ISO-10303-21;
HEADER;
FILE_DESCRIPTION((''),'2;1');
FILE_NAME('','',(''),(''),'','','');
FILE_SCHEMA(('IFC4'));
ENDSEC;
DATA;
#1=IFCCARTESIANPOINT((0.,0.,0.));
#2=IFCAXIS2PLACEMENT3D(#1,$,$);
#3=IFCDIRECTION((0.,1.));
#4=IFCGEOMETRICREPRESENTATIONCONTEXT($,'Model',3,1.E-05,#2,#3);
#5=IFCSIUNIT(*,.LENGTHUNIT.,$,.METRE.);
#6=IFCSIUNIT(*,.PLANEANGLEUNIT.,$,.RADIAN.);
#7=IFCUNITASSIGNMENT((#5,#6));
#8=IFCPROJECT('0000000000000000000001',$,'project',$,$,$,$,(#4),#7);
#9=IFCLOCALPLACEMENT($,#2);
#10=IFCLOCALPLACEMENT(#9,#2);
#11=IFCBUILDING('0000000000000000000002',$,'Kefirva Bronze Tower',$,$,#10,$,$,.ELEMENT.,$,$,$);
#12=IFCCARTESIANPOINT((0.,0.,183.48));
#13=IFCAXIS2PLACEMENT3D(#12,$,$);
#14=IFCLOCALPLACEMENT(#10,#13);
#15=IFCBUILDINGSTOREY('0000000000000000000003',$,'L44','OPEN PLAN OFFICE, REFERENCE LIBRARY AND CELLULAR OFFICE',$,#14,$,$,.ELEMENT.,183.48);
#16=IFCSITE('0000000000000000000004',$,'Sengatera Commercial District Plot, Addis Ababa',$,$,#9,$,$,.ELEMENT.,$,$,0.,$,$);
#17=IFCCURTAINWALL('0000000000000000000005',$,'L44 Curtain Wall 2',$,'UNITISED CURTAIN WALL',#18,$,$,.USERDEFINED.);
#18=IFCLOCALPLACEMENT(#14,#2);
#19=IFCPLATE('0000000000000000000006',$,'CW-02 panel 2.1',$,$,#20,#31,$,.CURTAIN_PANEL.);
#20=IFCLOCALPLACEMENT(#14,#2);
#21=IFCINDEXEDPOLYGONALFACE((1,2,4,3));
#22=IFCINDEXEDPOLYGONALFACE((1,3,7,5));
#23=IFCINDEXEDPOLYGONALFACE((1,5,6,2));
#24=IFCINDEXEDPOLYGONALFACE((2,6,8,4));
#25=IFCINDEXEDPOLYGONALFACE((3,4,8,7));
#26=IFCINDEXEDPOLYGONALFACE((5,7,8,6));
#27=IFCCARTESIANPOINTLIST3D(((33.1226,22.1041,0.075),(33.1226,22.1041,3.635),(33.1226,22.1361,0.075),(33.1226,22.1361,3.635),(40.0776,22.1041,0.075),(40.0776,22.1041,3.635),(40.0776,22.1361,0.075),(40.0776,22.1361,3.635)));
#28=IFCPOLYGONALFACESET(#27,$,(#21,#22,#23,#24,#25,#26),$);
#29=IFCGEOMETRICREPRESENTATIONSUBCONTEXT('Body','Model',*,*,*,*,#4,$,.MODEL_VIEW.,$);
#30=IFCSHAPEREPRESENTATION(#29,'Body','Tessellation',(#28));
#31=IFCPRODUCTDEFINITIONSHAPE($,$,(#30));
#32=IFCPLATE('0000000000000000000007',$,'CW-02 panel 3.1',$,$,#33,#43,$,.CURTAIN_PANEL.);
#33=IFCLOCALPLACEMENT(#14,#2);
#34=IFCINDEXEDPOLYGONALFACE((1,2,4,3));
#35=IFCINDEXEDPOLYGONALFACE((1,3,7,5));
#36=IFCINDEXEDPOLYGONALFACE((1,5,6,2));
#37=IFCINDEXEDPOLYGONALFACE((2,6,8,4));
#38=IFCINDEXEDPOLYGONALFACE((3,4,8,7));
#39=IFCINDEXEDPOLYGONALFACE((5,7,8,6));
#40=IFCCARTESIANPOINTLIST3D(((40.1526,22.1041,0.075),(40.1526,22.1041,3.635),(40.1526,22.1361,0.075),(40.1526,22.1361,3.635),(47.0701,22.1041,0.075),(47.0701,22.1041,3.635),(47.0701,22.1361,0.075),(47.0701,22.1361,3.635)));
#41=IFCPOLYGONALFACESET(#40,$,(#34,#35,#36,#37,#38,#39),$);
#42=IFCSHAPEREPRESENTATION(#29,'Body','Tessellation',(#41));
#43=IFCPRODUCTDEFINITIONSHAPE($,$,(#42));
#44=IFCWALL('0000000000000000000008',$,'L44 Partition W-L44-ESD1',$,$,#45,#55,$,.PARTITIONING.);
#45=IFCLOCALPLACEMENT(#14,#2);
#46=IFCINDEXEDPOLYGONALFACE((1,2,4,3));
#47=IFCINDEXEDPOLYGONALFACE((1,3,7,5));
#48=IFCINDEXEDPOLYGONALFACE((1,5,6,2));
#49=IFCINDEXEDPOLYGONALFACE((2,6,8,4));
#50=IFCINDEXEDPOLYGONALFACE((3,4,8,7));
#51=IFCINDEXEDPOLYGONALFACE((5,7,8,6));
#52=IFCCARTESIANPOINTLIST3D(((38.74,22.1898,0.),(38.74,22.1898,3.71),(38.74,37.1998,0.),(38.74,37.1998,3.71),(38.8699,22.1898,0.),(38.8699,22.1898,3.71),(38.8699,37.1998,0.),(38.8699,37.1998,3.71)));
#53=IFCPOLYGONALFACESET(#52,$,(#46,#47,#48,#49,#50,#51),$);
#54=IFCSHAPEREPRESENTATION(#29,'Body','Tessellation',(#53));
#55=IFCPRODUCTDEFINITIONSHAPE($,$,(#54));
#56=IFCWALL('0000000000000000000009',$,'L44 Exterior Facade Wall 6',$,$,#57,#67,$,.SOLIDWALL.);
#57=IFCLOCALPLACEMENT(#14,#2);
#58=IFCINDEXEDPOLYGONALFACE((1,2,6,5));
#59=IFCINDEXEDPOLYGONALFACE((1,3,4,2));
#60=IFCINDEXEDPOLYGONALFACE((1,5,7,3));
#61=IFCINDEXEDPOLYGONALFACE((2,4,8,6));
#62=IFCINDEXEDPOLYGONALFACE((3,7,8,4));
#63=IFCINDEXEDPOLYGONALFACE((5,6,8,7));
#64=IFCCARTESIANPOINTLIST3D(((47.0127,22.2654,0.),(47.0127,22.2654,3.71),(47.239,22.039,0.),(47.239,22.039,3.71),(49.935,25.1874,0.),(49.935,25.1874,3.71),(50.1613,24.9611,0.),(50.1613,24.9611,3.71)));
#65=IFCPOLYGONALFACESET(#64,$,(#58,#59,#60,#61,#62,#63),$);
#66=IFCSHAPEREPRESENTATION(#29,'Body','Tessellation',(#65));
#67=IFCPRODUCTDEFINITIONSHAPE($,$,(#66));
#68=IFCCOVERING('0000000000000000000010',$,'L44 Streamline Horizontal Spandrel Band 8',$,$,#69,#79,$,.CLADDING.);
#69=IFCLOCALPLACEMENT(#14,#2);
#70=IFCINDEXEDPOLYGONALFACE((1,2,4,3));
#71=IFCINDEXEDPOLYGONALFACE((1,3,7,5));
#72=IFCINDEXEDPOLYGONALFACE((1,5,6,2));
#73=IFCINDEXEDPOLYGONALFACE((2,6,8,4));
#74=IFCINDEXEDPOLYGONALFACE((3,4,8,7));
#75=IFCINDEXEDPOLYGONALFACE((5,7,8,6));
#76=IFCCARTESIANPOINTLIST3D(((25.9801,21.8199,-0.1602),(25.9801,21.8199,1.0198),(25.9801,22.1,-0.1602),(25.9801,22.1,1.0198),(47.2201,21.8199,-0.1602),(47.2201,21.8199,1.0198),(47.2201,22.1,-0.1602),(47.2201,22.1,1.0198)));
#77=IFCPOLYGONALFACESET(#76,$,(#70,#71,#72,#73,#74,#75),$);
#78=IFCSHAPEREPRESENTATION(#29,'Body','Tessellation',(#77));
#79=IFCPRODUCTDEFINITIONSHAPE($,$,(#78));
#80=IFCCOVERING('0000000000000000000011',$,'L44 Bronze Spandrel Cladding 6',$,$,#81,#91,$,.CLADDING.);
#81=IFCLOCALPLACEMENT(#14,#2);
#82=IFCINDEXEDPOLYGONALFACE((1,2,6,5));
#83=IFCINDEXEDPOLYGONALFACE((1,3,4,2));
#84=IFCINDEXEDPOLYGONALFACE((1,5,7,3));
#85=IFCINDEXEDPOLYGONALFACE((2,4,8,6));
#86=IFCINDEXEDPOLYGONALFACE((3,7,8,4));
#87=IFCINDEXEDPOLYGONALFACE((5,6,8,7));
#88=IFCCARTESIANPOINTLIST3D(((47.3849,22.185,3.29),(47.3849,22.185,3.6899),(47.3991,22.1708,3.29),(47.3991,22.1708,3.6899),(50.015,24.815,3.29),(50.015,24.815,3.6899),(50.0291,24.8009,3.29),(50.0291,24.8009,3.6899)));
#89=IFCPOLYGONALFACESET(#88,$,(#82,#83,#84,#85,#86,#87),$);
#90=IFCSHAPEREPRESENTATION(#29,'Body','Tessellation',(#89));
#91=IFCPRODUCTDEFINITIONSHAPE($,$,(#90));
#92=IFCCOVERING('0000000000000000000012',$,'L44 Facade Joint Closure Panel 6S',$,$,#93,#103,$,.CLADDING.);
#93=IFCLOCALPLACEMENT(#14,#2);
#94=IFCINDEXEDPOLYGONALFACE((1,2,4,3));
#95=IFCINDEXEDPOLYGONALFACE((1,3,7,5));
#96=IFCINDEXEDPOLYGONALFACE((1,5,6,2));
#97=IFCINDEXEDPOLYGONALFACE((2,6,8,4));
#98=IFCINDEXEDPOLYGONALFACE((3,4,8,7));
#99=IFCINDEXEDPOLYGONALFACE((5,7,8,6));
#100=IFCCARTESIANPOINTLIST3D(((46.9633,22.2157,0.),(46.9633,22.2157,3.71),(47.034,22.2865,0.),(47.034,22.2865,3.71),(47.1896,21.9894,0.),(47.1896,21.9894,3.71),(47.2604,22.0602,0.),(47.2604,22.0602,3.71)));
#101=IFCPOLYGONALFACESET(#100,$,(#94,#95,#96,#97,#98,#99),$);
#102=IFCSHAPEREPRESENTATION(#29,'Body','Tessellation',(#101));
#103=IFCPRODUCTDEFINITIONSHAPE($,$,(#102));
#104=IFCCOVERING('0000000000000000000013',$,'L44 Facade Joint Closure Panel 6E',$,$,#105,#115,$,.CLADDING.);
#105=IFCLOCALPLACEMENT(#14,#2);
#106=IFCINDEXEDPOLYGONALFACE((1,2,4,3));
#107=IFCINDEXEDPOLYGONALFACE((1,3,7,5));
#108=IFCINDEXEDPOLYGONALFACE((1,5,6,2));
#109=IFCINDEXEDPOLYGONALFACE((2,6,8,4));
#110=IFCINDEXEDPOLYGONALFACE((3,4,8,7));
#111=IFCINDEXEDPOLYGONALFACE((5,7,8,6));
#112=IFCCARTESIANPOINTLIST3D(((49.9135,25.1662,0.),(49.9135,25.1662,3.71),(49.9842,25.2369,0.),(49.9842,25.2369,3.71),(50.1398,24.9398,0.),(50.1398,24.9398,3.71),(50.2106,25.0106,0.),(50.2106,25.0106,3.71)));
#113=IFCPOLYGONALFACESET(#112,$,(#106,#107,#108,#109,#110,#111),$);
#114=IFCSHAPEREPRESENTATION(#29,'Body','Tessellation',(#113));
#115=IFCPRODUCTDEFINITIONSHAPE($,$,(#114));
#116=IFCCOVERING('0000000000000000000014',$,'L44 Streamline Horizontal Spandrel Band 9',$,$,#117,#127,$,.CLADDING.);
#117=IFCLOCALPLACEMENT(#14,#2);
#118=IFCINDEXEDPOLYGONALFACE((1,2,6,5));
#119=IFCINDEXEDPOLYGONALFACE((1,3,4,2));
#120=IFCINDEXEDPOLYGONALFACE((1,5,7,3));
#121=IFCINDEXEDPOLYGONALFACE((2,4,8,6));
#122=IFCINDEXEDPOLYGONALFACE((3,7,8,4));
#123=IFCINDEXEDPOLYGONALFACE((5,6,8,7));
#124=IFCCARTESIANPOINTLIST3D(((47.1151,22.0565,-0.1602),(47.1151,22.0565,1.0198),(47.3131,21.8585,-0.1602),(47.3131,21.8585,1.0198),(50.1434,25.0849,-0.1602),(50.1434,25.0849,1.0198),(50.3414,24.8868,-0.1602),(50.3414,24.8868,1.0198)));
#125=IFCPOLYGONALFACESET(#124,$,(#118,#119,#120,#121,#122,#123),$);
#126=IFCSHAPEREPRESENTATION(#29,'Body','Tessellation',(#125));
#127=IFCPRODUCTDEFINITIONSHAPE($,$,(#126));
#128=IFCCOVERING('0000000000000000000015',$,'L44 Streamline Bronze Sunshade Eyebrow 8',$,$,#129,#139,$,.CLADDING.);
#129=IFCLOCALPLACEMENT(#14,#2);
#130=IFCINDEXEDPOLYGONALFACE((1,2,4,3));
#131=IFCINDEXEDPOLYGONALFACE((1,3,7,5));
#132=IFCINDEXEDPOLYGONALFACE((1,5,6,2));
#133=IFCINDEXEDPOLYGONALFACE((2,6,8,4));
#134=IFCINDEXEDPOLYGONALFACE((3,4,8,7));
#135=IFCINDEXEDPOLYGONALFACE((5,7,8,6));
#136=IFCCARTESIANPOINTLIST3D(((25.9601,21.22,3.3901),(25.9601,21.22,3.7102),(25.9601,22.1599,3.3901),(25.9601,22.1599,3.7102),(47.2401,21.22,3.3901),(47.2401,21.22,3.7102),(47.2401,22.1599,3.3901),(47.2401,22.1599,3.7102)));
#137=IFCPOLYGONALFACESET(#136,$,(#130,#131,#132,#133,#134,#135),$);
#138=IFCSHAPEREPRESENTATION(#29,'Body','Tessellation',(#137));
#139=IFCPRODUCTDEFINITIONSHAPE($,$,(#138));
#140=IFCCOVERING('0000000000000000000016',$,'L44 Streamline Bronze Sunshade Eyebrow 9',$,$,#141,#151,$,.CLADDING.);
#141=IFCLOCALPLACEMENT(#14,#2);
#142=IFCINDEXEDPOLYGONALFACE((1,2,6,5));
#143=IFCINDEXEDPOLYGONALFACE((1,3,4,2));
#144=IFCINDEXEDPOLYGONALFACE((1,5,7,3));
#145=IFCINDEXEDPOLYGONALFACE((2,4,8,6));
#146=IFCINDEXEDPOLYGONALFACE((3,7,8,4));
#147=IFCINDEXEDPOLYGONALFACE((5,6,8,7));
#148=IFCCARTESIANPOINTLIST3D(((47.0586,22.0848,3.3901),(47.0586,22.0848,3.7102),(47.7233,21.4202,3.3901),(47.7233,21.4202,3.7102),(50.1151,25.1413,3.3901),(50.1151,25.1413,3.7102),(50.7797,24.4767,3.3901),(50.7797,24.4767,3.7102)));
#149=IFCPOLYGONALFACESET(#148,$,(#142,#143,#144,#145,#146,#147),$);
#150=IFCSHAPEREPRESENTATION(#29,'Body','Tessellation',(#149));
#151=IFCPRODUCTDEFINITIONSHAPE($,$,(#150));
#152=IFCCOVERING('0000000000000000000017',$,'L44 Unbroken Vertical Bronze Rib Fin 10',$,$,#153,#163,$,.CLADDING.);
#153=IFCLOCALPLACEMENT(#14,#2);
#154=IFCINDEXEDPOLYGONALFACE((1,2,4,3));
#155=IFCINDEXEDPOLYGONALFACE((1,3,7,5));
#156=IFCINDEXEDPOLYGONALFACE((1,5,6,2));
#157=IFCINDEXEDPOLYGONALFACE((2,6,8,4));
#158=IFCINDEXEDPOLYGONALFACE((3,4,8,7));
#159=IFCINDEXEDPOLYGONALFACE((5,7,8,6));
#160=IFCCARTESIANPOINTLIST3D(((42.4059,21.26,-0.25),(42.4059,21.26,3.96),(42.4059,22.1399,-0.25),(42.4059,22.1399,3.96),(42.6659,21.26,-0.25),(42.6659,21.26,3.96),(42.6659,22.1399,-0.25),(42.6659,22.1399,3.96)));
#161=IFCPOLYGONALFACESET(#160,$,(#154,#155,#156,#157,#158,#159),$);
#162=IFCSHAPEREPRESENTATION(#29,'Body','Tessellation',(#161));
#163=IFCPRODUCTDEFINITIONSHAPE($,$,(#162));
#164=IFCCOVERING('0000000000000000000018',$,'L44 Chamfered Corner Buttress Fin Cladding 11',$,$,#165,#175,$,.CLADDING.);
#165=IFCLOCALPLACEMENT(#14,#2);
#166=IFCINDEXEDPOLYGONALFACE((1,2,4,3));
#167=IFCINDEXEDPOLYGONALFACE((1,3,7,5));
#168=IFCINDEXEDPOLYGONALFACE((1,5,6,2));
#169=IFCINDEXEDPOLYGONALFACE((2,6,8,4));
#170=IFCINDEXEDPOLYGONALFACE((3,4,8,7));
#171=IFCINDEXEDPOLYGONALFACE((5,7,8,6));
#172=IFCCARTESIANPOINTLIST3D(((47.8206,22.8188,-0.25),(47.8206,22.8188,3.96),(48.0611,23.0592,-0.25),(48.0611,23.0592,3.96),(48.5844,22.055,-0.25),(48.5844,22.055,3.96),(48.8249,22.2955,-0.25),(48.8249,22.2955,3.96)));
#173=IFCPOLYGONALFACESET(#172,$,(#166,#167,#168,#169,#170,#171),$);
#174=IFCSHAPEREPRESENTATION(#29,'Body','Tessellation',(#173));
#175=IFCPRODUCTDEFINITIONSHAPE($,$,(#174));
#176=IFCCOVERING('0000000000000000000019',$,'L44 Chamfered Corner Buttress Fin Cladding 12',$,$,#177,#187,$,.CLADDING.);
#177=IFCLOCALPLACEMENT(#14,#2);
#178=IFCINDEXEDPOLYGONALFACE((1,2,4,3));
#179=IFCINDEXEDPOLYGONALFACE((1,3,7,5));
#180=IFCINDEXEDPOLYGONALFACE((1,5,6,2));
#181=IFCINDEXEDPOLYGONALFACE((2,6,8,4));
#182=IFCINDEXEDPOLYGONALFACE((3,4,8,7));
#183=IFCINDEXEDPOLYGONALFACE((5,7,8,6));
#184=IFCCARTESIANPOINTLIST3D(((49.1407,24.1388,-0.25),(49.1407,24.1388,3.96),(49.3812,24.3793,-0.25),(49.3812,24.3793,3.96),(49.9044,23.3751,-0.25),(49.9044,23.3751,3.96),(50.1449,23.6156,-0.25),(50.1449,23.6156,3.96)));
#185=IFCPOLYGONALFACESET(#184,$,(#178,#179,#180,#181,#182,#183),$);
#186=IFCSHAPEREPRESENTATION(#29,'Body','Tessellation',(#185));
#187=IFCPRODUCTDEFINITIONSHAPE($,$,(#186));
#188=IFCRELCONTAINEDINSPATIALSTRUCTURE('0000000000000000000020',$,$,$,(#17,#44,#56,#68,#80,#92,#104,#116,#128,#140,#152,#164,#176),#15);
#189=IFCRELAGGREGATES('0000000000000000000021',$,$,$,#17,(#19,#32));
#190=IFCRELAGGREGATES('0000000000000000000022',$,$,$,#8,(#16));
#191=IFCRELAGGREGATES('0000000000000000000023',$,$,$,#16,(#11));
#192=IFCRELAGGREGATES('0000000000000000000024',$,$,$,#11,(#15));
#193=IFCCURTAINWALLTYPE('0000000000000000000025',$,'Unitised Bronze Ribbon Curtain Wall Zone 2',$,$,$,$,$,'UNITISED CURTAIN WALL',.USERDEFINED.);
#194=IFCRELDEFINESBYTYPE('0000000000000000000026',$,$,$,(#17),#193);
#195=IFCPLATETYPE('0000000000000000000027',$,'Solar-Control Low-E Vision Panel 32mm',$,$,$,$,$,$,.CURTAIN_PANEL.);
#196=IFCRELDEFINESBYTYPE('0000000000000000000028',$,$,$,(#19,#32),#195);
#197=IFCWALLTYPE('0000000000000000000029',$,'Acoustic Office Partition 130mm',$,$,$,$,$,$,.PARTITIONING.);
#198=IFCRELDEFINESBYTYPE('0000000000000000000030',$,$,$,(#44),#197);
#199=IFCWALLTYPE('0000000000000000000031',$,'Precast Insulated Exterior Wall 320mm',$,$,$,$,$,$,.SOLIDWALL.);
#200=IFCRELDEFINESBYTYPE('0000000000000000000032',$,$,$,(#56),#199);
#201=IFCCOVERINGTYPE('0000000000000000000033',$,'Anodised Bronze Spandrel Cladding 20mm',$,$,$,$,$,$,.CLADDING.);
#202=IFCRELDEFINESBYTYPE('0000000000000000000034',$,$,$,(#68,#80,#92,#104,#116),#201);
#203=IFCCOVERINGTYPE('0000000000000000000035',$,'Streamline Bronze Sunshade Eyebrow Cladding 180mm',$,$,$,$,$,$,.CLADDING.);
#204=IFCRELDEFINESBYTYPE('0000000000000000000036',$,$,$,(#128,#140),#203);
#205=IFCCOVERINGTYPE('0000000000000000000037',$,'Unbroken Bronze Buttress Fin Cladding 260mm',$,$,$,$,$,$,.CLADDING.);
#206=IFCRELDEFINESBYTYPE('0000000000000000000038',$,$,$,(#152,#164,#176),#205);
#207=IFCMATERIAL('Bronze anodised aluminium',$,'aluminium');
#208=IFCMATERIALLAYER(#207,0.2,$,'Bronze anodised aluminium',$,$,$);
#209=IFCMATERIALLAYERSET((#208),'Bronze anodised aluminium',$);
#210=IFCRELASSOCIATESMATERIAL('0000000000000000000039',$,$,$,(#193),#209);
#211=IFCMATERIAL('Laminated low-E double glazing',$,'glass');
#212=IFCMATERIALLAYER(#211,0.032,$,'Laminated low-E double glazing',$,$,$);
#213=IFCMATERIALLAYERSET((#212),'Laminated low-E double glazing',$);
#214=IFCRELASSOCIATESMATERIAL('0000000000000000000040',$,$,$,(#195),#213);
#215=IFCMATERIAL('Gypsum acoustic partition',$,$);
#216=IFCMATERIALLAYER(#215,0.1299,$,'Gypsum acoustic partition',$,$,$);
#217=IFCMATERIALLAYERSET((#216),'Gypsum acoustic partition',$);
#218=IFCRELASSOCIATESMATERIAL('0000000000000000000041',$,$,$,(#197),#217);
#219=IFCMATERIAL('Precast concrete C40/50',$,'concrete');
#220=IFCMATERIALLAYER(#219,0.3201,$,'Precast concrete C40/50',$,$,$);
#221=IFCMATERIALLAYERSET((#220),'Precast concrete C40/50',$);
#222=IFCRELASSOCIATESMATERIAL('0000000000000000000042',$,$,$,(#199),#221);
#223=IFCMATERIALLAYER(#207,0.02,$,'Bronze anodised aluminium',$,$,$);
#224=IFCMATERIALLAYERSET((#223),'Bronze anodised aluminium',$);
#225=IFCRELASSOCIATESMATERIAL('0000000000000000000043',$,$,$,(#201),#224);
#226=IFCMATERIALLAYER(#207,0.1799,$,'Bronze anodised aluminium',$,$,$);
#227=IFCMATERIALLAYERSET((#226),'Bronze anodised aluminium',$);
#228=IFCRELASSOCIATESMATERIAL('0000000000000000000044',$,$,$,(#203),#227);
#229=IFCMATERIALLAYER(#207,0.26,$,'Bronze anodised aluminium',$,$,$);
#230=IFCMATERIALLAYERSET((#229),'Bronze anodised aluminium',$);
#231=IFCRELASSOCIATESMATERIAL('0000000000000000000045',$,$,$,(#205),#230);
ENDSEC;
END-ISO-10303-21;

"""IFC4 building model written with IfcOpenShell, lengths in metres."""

from ifc_helpers import new_model, si_unit, direction, frame, frame_2d, origin, origin_2d, place, context, subcontext, project, spatial, rectangle, extrude, material, layer, layer_set, type_object, element, aggregate, save


model = new_model("IFC4")

# Units and contexts
model_context = context("Model", 3, precision=1e-05, world=origin(), true_north=direction((0.0, 1.0)))
body_context = subcontext(model_context, "Body", "Model", "MODEL_VIEW")
ifc_project = project(units=[si_unit("LENGTHUNIT", "METRE"), si_unit("PLANEANGLEUNIT", "RADIAN")], contexts=[model_context])

# Site, building, storey
site_placement = place(None, origin())
site = spatial("IfcSite", under=ifc_project, at=site_placement, Name="Sengatera Commercial District Plot, Addis Ababa", CompositionType="ELEMENT", RefElevation=0.0)
building_placement = place(site_placement, origin())
building = spatial("IfcBuilding", under=site, at=building_placement, Name="Kefirva Bronze Tower", CompositionType="ELEMENT")
storey_placement = place(building_placement, frame((0.0, 0.0, 183.48)))
storey = spatial("IfcBuildingStorey", under=building, at=storey_placement, Name="L44", Description="OPEN PLAN OFFICE, REFERENCE LIBRARY AND CELLULAR OFFICE", CompositionType="ELEMENT", Elevation=183.48)

# Curtain wall
ifc_material_1 = material(Name="Bronze anodised aluminium", Category="aluminium")
ifc_layer_1 = layer(ifc_material_1, 0.2, Name="Bronze anodised aluminium")
ifc_layer_set_1 = layer_set([ifc_layer_1], Name="Bronze anodised aluminium")
curtain_wall_type = type_object("IfcCurtainWallType", Name="Unitised Bronze Ribbon Curtain Wall Zone 2", ElementType="UNITISED CURTAIN WALL", PredefinedType="USERDEFINED", material=ifc_layer_set_1)
curtain_wall_1_placement = place(storey_placement, origin())
curtain_wall_1 = element("IfcCurtainWall", 1, at=curtain_wall_1_placement, inside=storey, type_object=curtain_wall_type, Name="L44 Curtain Wall 2", ObjectType="UNITISED CURTAIN WALL", PredefinedType="USERDEFINED")

# Plates
ifc_material_2 = material(Name="Laminated low-E double glazing", Category="glass")
ifc_layer_2 = layer(ifc_material_2, 0.032, Name="Laminated low-E double glazing")
ifc_layer_set_2 = layer_set([ifc_layer_2], Name="Laminated low-E double glazing")
plate_type = type_object("IfcPlateType", Name="Solar-Control Low-E Vision Panel 32mm", PredefinedType="CURTAIN_PANEL", material=ifc_layer_set_2)
plate_1_placement = place(storey_placement, frame((36.6001, 22.1201, 0.075), z_axis=(0.0, 0.0, 1.0), x_axis=(1.0, 0.0, 0.0)))
plate_1 = element("IfcPlate", 2, at=plate_1_placement, type_object=plate_type, Name="CW-02 panel 2.1", PredefinedType="CURTAIN_PANEL", context=body_context, shape_type="SweptSolid", body=[
    extrude(rectangle(XDim=6.9551, YDim=0.032, at=origin_2d()), origin(), (0.0, 0.0, 1.0), 3.5601),
])
plate_2_placement = place(storey_placement, frame((43.6113, 22.1201, 0.075), z_axis=(0.0, 0.0, 1.0), x_axis=(1.0, 0.0, 0.0)))
plate_2 = element("IfcPlate", 3, at=plate_2_placement, type_object=plate_type, Name="CW-02 panel 3.1", PredefinedType="CURTAIN_PANEL", context=body_context, shape_type="SweptSolid", body=[
    extrude(rectangle(XDim=6.9175, YDim=0.032, at=origin_2d()), origin(), (0.0, 0.0, 1.0), 3.5601),
])
aggregate(curtain_wall_1, [plate_1, plate_2])

# Walls
ifc_material_3 = material(Name="Gypsum acoustic partition")
ifc_layer_3 = layer(ifc_material_3, 0.1299, Name="Gypsum acoustic partition")
ifc_layer_set_3 = layer_set([ifc_layer_3], Name="Gypsum acoustic partition")
wall_type_1 = type_object("IfcWallType", Name="Acoustic Office Partition 130mm", PredefinedType="PARTITIONING", material=ifc_layer_set_3)
wall_1_placement = place(storey_placement, frame((38.8049, 22.1899, 0.0), z_axis=(0.0, 0.0, 1.0), x_axis=(0.0, 1.0, 0.0)))
element("IfcWall", 4, at=wall_1_placement, inside=storey, type_object=wall_type_1, Name="L44 Partition W-L44-ESD1", PredefinedType="PARTITIONING", context=body_context, shape_type="SweptSolid", body=[
    extrude(rectangle(XDim=15.01, YDim=0.1299, at=frame_2d((7.5049, 0.0))), origin(), (0.0, 0.0, 1.0), 3.71),
])
ifc_material_4 = material(Name="Precast concrete C40/50", Category="concrete")
ifc_layer_4 = layer(ifc_material_4, 0.3201, Name="Precast concrete C40/50")
ifc_layer_set_4 = layer_set([ifc_layer_4], Name="Precast concrete C40/50")
wall_type_2 = type_object("IfcWallType", Name="Precast Insulated Exterior Wall 320mm", PredefinedType="SOLIDWALL", material=ifc_layer_set_4)
wall_2_placement = place(storey_placement, frame((47.1257, 22.1521, 0.0), z_axis=(0.0, 0.0, 1.0), x_axis=(0.707136, 0.707077, 0.0)))
element("IfcWall", 5, at=wall_2_placement, inside=storey, type_object=wall_type_2, Name="L44 Exterior Facade Wall 6", PredefinedType="SOLIDWALL", context=body_context, shape_type="SweptSolid", body=[
    extrude(rectangle(XDim=4.1326, YDim=0.3201, at=frame_2d((2.0664, 0.0))), origin(), (0.0, 0.0, 1.0), 3.71),
])

# Coverings
ifc_layer_5 = layer(ifc_material_1, 0.02, Name="Bronze anodised aluminium")
ifc_layer_set_5 = layer_set([ifc_layer_5], Name="Bronze anodised aluminium")
covering_type_1 = type_object("IfcCoveringType", Name="Anodised Bronze Spandrel Cladding 20mm", PredefinedType="CLADDING", material=ifc_layer_set_5)
covering_1_placement = place(storey_placement, frame((36.6001, 21.96, -0.1602), z_axis=(0.0, 0.0, 1.0), x_axis=(1.0, 0.0, 0.0)))
element("IfcCovering", 6, at=covering_1_placement, inside=storey, type_object=covering_type_1, Name="L44 Streamline Horizontal Spandrel Band 8", PredefinedType="CLADDING", context=body_context, shape_type="SweptSolid", body=[
    extrude(rectangle(XDim=21.24, YDim=0.28, at=origin_2d()), origin(), (0.0, 0.0, 1.0), 1.1799),
])
covering_2_placement = place(storey_placement, frame((48.707, 23.4929, 3.29), z_axis=(0.0, 0.0, 1.0), x_axis=(0.707107, 0.707107, 0.0)))
element("IfcCovering", 7, at=covering_2_placement, inside=storey, type_object=covering_type_1, Name="L44 Bronze Spandrel Cladding 6", PredefinedType="CLADDING", context=body_context, shape_type="SweptSolid", body=[
    extrude(rectangle(XDim=3.7195, YDim=0.02, at=origin_2d()), origin(), (0.0, 0.0, 1.0), 0.3999),
])
for number, where, z_axis, x_axis, name in (
    (8, (47.1118, 22.1379, 0.0), (0.0, 0.0, 1.0), (0.707107, 0.707107, 0.0), "L44 Facade Joint Closure Panel 6S"),
    (9, (50.062, 25.0884, 0.0), (0.0, 0.0, 1.0), (0.707107, 0.707107, 0.0), "L44 Facade Joint Closure Panel 6E"),
):
    element("IfcCovering", number, at=place(storey_placement, frame(where, z_axis=z_axis, x_axis=x_axis)), inside=storey, type_object=covering_type_1, Name=name, PredefinedType="CLADDING", context=body_context, shape_type="SweptSolid", body=[
        extrude(rectangle(XDim=0.1001, YDim=0.3201, at=origin_2d()), origin(), (0.0, 0.0, 1.0), 3.71),
    ])
covering_3_placement = place(storey_placement, frame((48.7283, 23.4717, -0.1602), z_axis=(0.0, 0.0, 1.0), x_axis=(0.707107, 0.707107, 0.0)))
element("IfcCovering", 10, at=covering_3_placement, inside=storey, type_object=covering_type_1, Name="L44 Streamline Horizontal Spandrel Band 9", PredefinedType="CLADDING", context=body_context, shape_type="SweptSolid", body=[
    extrude(rectangle(XDim=4.2827, YDim=0.28, at=origin_2d()), origin(), (0.0, 0.0, 1.0), 1.1799),
])
ifc_layer_6 = layer(ifc_material_1, 0.1799, Name="Bronze anodised aluminium")
ifc_layer_set_6 = layer_set([ifc_layer_6], Name="Bronze anodised aluminium")
covering_type_2 = type_object("IfcCoveringType", Name="Streamline Bronze Sunshade Eyebrow Cladding 180mm", PredefinedType="CLADDING", material=ifc_layer_set_6)
covering_4_placement = place(storey_placement, frame((36.6001, 21.6899, 3.3901), z_axis=(0.0, 0.0, 1.0), x_axis=(1.0, 0.0, 0.0)))
element("IfcCovering", 11, at=covering_4_placement, inside=storey, type_object=covering_type_2, Name="L44 Streamline Bronze Sunshade Eyebrow 8", PredefinedType="CLADDING", context=body_context, shape_type="SweptSolid", body=[
    extrude(rectangle(XDim=21.28, YDim=0.9399, at=origin_2d()), origin(), (0.0, 0.0, 1.0), 0.3201),
])
covering_5_placement = place(storey_placement, frame((48.9192, 23.2808, 3.3901), z_axis=(0.0, 0.0, 1.0), x_axis=(0.707107, 0.707107, 0.0)))
element("IfcCovering", 12, at=covering_5_placement, inside=storey, type_object=covering_type_2, Name="L44 Streamline Bronze Sunshade Eyebrow 9", PredefinedType="CLADDING", context=body_context, shape_type="SweptSolid", body=[
    extrude(rectangle(XDim=4.3225, YDim=0.9399, at=origin_2d()), origin(), (0.0, 0.0, 1.0), 0.3201),
])
ifc_layer_7 = layer(ifc_material_1, 0.26, Name="Bronze anodised aluminium")
ifc_layer_set_7 = layer_set([ifc_layer_7], Name="Bronze anodised aluminium")
covering_type_3 = type_object("IfcCoveringType", Name="Unbroken Bronze Buttress Fin Cladding 260mm", PredefinedType="CLADDING", material=ifc_layer_set_7)
covering_6_placement = place(storey_placement, frame((42.5359, 21.7, -0.25), z_axis=(0.0, 0.0, 1.0), x_axis=(1.0, 0.0, 0.0)))
element("IfcCovering", 13, at=covering_6_placement, inside=storey, type_object=covering_type_3, Name="L44 Unbroken Vertical Bronze Rib Fin 10", PredefinedType="CLADDING", context=body_context, shape_type="SweptSolid", body=[
    extrude(rectangle(XDim=0.26, YDim=0.8799, at=origin_2d()), origin(), (0.0, 0.0, 1.0), 4.21),
])
for number, where, z_axis, x_axis, name in (
    (14, (48.3228, 22.5571, -0.25), (0.0, 0.0, 1.0), (0.707107, 0.707107, 0.0), "L44 Chamfered Corner Buttress Fin Cladding 11"),
    (15, (49.6428, 23.8772, -0.25), (0.0, 0.0, 1.0), (0.707107, 0.707107, 0.0), "L44 Chamfered Corner Buttress Fin Cladding 12"),
):
    element("IfcCovering", number, at=place(storey_placement, frame(where, z_axis=z_axis, x_axis=x_axis)), inside=storey, type_object=covering_type_3, Name=name, PredefinedType="CLADDING", context=body_context, shape_type="SweptSolid", body=[
        extrude(rectangle(XDim=0.3401, YDim=1.0801, at=origin_2d()), origin(), (0.0, 0.0, 1.0), 4.21),
    ])

save(model, "model.ifc")
